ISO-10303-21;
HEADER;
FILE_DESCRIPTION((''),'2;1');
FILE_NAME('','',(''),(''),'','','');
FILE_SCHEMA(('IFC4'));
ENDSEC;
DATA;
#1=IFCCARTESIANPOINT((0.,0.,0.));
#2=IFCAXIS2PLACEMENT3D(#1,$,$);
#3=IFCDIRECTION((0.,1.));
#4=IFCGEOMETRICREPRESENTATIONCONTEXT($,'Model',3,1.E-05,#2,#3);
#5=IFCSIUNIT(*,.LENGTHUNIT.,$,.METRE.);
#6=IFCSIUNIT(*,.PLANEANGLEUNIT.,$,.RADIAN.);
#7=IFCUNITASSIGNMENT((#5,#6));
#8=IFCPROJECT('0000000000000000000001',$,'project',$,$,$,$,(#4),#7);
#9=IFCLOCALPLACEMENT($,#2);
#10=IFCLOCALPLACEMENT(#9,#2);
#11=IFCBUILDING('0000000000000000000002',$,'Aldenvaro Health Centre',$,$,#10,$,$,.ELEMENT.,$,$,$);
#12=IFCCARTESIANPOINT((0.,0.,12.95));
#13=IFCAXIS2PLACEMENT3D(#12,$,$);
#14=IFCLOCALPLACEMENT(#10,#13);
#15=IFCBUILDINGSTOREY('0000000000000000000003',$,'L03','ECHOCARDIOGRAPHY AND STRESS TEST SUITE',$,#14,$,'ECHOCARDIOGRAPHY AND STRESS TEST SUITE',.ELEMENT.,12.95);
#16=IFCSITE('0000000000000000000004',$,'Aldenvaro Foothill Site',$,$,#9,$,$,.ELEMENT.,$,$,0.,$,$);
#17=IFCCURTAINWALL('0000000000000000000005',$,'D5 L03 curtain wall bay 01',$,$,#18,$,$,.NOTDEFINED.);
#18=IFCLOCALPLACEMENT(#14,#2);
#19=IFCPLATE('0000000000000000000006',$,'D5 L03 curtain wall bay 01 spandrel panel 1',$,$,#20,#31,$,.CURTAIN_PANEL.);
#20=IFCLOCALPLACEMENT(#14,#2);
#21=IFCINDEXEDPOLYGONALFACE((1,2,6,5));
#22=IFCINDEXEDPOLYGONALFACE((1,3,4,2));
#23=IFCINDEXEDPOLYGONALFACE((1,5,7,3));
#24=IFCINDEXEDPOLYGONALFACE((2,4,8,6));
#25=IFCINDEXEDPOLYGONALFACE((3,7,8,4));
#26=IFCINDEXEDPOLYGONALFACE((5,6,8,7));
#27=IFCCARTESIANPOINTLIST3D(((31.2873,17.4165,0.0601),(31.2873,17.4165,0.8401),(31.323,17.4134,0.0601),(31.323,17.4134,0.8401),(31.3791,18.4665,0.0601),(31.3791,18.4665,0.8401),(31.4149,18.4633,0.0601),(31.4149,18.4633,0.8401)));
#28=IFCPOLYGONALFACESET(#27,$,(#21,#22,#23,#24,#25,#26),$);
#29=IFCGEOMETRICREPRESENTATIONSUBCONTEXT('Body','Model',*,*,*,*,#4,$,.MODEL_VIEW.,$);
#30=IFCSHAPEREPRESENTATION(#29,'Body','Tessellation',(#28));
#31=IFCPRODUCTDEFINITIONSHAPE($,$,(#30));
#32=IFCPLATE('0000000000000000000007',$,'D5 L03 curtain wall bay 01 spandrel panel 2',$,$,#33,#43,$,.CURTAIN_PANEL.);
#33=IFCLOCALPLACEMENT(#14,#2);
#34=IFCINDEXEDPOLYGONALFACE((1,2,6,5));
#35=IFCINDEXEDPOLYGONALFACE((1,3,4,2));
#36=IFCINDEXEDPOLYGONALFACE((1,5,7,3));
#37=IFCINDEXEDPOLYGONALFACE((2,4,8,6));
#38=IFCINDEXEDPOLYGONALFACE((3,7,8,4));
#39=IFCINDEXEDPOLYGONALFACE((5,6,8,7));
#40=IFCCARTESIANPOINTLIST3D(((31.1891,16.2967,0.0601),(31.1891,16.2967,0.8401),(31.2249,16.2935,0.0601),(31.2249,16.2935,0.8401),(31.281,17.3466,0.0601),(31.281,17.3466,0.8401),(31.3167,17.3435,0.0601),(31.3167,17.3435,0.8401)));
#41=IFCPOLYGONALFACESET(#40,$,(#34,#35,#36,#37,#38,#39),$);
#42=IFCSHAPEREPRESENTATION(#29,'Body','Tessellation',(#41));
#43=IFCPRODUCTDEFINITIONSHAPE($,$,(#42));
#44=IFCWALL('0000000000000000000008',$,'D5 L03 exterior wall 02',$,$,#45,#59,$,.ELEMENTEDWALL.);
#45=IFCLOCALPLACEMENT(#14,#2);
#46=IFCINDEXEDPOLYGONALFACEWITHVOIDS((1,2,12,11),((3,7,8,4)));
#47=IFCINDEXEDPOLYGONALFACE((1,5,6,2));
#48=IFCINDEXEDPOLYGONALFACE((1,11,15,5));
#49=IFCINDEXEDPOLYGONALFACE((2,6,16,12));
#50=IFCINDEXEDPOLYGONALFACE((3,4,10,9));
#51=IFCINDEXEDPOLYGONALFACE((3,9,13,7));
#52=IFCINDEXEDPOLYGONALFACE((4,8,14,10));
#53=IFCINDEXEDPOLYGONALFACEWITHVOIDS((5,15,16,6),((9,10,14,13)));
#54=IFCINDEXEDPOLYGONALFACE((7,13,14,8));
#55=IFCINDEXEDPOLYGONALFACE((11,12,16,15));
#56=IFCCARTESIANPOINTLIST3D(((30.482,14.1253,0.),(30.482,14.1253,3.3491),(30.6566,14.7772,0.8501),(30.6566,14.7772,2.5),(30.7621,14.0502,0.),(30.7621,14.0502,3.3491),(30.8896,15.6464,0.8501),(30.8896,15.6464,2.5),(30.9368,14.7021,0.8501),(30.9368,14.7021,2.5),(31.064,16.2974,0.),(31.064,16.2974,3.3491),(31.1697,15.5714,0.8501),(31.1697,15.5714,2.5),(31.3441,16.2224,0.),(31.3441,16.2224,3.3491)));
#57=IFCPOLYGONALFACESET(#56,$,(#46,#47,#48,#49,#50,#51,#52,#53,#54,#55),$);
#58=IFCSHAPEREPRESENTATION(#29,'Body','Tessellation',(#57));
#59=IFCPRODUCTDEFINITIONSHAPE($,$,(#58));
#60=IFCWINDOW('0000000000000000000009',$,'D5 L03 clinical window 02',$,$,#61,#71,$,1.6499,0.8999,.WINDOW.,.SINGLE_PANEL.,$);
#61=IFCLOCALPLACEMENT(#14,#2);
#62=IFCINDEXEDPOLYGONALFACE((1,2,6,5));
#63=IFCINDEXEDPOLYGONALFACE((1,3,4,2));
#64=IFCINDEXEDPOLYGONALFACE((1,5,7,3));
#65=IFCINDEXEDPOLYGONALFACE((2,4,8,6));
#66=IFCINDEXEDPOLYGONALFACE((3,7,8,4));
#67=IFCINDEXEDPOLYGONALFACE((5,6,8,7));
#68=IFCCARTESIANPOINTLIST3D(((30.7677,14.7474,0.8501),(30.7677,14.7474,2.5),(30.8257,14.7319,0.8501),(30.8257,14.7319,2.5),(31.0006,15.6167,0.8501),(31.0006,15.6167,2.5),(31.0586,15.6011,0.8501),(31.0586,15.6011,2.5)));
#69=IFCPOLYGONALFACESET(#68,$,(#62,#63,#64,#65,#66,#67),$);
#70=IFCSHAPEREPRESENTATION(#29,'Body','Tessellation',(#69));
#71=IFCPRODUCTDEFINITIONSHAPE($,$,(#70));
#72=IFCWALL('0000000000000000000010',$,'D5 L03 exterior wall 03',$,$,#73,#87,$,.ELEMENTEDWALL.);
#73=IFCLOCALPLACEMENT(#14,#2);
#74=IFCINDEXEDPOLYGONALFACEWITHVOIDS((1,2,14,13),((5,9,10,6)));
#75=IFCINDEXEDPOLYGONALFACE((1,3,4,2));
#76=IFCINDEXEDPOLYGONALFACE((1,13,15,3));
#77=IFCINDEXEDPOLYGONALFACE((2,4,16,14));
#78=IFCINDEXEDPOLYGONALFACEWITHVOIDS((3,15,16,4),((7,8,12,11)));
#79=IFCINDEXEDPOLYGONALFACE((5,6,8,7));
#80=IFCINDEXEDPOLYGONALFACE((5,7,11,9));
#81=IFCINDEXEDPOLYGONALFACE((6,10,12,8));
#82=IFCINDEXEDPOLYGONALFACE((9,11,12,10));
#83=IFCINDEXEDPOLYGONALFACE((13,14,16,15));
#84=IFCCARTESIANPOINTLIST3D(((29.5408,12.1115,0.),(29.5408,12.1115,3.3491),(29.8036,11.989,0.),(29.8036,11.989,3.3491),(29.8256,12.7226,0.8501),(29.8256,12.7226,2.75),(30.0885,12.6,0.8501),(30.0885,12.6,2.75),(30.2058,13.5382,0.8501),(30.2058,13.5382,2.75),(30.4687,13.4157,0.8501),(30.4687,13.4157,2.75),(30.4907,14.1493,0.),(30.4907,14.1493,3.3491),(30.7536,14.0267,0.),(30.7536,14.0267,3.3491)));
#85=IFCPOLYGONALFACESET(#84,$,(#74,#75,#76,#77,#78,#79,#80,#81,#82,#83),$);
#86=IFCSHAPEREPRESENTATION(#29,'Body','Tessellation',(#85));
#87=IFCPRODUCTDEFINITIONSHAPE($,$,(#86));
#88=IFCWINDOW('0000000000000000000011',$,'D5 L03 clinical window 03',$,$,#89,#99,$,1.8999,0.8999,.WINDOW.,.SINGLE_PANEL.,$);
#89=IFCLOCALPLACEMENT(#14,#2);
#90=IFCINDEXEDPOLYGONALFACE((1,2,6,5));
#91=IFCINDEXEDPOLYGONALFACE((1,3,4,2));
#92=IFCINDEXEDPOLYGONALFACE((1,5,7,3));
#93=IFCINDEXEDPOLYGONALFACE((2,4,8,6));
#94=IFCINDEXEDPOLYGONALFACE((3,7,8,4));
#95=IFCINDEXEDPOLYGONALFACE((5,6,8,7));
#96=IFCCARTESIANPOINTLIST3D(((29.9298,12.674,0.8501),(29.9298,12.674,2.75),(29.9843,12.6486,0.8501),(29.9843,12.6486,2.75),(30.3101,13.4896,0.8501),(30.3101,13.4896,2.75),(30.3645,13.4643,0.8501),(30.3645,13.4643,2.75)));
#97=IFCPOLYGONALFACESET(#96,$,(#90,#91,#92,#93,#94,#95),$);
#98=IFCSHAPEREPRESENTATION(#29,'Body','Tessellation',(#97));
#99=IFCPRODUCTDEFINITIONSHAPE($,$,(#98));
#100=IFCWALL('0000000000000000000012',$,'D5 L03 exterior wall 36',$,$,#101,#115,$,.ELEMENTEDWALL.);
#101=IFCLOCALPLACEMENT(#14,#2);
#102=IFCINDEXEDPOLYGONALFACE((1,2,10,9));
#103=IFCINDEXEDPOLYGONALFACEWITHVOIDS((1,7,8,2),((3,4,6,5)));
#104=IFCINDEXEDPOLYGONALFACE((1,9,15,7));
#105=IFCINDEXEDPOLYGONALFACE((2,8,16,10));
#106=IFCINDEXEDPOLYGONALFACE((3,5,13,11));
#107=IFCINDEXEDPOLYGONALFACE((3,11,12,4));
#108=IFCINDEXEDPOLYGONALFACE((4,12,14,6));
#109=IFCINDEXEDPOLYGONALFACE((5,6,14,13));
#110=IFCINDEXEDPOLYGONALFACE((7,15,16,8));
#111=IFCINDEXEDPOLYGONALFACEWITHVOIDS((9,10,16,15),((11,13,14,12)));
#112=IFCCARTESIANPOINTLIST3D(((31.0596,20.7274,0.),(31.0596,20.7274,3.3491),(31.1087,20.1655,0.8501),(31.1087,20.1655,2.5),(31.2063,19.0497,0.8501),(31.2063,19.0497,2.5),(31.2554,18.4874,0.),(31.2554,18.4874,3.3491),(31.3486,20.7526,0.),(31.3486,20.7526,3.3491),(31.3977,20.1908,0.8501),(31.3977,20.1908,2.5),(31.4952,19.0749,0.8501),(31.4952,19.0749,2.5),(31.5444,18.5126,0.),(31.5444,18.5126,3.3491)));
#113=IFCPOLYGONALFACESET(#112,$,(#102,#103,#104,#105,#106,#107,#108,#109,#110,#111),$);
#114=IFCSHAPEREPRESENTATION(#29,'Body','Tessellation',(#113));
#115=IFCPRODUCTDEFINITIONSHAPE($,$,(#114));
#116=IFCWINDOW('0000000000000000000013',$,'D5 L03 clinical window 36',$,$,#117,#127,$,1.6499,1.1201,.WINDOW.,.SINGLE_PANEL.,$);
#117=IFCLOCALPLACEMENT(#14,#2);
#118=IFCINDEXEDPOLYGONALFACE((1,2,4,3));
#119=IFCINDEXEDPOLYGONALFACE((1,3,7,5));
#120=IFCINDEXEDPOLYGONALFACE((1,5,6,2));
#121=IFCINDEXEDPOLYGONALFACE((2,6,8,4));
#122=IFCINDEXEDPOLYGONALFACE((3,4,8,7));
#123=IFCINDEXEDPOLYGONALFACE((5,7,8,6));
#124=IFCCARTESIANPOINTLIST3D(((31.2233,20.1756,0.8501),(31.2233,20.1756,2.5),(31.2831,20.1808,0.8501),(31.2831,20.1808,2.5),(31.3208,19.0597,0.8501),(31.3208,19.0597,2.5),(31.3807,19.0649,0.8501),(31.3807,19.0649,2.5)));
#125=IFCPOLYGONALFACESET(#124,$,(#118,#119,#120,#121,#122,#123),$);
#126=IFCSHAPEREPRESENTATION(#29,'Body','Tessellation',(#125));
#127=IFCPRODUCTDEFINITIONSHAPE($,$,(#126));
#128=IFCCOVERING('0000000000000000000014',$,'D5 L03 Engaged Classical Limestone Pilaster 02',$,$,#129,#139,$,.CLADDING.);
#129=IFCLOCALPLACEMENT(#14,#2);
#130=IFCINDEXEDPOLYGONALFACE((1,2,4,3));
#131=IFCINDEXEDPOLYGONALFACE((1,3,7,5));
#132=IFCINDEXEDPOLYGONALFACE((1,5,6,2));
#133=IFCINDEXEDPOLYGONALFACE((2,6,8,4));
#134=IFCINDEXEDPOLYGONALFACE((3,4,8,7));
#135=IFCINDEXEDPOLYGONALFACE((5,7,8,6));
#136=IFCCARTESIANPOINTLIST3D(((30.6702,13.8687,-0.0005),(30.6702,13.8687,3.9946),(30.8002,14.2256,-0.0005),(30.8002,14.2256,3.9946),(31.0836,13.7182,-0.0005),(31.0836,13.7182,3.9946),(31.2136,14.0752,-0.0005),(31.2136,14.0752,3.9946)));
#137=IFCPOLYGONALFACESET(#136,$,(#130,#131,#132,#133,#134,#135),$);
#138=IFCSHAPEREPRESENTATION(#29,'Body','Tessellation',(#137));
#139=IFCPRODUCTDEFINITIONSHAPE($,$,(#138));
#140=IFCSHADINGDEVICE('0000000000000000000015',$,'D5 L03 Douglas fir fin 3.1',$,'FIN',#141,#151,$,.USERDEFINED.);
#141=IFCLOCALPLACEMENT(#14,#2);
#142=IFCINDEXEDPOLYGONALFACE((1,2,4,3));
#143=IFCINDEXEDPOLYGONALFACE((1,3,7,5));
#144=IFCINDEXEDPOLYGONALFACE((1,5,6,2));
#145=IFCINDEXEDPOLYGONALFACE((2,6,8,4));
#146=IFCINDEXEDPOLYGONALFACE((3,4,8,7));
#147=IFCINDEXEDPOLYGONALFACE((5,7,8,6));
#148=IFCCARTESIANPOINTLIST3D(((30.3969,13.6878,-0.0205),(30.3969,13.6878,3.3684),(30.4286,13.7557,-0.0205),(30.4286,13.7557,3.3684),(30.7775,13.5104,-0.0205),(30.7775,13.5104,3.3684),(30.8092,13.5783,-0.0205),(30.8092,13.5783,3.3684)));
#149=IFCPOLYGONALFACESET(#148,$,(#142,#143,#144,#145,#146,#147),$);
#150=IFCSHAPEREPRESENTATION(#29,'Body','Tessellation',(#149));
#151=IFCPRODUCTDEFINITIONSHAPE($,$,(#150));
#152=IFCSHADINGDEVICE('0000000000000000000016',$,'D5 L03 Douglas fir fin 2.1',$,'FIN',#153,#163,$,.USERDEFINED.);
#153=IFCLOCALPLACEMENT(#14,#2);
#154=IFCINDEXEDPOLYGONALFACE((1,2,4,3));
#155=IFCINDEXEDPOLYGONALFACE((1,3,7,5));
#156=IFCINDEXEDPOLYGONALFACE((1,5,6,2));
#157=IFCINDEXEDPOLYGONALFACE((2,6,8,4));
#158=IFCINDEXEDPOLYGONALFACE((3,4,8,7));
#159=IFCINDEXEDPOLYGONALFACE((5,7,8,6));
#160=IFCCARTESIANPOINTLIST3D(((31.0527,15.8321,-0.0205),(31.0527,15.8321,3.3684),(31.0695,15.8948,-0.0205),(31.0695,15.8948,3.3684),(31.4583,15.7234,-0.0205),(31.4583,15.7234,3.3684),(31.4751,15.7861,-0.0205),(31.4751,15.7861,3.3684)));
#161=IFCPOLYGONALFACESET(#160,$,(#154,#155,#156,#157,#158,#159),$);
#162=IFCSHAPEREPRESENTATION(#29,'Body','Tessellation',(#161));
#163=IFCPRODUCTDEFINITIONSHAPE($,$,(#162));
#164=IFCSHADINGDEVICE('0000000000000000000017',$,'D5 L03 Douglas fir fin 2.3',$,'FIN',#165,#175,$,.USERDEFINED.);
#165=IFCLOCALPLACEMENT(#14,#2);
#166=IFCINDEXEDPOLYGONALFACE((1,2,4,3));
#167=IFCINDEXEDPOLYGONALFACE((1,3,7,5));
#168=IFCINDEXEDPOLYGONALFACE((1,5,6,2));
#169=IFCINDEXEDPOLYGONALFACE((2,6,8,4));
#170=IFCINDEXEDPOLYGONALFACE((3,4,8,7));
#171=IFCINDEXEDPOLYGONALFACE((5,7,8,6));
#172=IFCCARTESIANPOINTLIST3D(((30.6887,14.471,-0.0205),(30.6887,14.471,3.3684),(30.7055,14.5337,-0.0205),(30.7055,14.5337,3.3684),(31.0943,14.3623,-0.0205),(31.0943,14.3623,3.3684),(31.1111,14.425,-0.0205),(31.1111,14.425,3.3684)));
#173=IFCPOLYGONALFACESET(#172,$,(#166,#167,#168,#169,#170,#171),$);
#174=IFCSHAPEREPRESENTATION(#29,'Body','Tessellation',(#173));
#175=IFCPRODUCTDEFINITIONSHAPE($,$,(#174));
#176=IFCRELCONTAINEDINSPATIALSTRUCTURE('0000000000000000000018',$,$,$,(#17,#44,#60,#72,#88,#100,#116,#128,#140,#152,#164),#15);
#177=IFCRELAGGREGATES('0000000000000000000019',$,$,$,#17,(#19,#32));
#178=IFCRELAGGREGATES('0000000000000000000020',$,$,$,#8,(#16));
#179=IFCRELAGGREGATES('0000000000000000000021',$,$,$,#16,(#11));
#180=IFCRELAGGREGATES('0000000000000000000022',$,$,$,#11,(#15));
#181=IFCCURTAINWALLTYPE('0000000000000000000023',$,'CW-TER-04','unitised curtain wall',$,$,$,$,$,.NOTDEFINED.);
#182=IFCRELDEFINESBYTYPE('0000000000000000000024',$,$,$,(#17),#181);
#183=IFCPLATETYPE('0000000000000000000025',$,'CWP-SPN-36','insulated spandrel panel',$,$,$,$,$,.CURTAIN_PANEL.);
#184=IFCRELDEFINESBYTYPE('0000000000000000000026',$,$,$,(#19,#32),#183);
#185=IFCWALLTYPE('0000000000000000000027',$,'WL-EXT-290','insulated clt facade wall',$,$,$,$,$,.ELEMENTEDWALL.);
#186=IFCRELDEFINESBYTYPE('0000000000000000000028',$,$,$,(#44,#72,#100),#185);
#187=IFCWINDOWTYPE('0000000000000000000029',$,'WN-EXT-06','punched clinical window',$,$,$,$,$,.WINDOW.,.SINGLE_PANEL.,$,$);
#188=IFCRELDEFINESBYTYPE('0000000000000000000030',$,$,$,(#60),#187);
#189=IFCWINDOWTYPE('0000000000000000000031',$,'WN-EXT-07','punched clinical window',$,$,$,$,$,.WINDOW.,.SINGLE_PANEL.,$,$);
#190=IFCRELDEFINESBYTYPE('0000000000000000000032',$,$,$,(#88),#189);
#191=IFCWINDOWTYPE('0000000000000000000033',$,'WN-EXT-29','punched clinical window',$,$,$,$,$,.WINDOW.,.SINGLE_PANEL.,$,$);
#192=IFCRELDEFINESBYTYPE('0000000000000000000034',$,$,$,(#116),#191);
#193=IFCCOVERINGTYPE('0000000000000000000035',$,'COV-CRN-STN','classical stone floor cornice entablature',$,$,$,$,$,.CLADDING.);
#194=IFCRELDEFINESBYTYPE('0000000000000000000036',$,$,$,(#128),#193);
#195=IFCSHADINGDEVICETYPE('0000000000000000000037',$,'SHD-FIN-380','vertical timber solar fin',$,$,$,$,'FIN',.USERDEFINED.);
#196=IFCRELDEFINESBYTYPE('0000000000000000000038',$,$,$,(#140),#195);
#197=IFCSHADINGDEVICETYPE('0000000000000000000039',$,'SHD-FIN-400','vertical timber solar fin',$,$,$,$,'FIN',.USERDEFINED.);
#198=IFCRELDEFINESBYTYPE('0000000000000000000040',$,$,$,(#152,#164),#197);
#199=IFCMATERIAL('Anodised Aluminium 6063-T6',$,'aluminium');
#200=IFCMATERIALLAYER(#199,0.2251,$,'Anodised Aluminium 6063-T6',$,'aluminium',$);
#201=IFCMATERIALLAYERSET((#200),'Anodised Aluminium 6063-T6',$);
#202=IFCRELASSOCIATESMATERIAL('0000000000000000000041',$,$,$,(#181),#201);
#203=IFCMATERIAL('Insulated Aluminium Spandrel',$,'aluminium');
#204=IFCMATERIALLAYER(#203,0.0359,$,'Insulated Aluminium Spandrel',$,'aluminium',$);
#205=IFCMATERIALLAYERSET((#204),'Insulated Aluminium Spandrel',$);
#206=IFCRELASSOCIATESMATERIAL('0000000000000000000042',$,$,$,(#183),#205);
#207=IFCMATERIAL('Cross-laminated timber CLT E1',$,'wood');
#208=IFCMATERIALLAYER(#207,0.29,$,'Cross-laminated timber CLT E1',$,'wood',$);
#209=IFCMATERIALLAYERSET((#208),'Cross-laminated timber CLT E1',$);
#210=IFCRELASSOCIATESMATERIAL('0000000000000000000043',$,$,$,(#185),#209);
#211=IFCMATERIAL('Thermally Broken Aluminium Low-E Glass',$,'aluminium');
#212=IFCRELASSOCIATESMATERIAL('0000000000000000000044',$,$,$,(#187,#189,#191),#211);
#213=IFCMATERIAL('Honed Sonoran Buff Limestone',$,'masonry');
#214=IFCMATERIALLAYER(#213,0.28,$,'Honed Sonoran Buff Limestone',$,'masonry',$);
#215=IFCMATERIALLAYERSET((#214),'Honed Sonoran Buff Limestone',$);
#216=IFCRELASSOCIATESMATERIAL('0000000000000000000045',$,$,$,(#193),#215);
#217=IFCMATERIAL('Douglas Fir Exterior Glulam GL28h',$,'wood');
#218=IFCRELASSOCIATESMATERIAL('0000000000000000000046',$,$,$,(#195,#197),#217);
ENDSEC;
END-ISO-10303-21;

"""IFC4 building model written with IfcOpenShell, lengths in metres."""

from ifc_helpers import new_model, si_unit, direction, frame, frame_2d, origin, origin_2d, place, context, subcontext, project, spatial, rectangle, extrude, material, layer, layer_set, type_object, element, fill, aggregate, save


model = new_model("IFC4")

# Units and contexts
model_context = context("Model", 3, precision=1e-05, world=origin(), true_north=direction((0.0, 1.0)))
body_context = subcontext(model_context, "Body", "Model", "MODEL_VIEW")
ifc_project = project(units=[si_unit("LENGTHUNIT", "METRE"), si_unit("PLANEANGLEUNIT", "RADIAN")], contexts=[model_context])

# Site, building, storey
site_placement = place(None, origin())
site = spatial("IfcSite", under=ifc_project, at=site_placement, Name="Aldenvaro Foothill Site", CompositionType="ELEMENT", RefElevation=0.0)
building_placement = place(site_placement, origin())
building = spatial("IfcBuilding", under=site, at=building_placement, Name="Aldenvaro Health Centre", CompositionType="ELEMENT")
storey_placement = place(building_placement, frame((0.0, 0.0, 12.95)))
storey = spatial("IfcBuildingStorey", under=building, at=storey_placement, Name="L03", Description="ECHOCARDIOGRAPHY AND STRESS TEST SUITE", LongName="ECHOCARDIOGRAPHY AND STRESS TEST SUITE", CompositionType="ELEMENT", Elevation=12.95)

# Curtain wall, plates
ifc_material_1 = material(Name="Anodised Aluminium 6063-T6", Category="aluminium")
ifc_layer_1 = layer(ifc_material_1, 0.2251, Name="Anodised Aluminium 6063-T6", Category="aluminium")
ifc_layer_set_1 = layer_set([ifc_layer_1], Name="Anodised Aluminium 6063-T6")
curtain_wall_type = type_object("IfcCurtainWallType", Name="CW-TER-04", Description="unitised curtain wall", PredefinedType="NOTDEFINED", material=ifc_layer_set_1)
curtain_wall_placement = place(storey_placement, origin())
curtain_wall = element("IfcCurtainWall", 1, at=curtain_wall_placement, inside=storey, type_object=curtain_wall_type, Name="D5 L03 curtain wall bay 01", PredefinedType="NOTDEFINED")
ifc_material_2 = material(Name="Insulated Aluminium Spandrel", Category="aluminium")
ifc_layer_2 = layer(ifc_material_2, 0.0359, Name="Insulated Aluminium Spandrel", Category="aluminium")
ifc_layer_set_2 = layer_set([ifc_layer_2], Name="Insulated Aluminium Spandrel")
plate_type_1 = type_object("IfcPlateType", Name="CWP-SPN-36", Description="insulated spandrel panel", PredefinedType="CURTAIN_PANEL", material=ifc_layer_set_2)
plate_1_placement = place(storey_placement, frame((31.3511, 17.9399, 0.0601), z_axis=(0.0, 0.0, 1.0), x_axis=(-0.087167, -0.996194, 0.0)))
plate_1 = element("IfcPlate", 2, at=plate_1_placement, type_object=plate_type_1, Name="D5 L03 curtain wall bay 01 spandrel panel 1", PredefinedType="CURTAIN_PANEL", context=body_context, shape_type="SweptSolid", body=[
    extrude(rectangle(XDim=1.054, YDim=0.0359, at=origin_2d()), origin(), (0.0, 0.0, 1.0), 0.78),
])
plate_2_placement = place(storey_placement, frame((31.2529, 16.8201, 0.0601), z_axis=(0.0, 0.0, 1.0), x_axis=(-0.087167, -0.996194, 0.0)))
plate_2 = element("IfcPlate", 3, at=plate_2_placement, type_object=plate_type_1, Name="D5 L03 curtain wall bay 01 spandrel panel 2", PredefinedType="CURTAIN_PANEL", context=body_context, shape_type="SweptSolid", body=[
    extrude(rectangle(XDim=1.054, YDim=0.0359, at=origin_2d()), origin(), (0.0, 0.0, 1.0), 0.78),
])
aggregate(curtain_wall, [plate_1, plate_2])

# Walls, openings, windows
ifc_material_3 = material(Name="Cross-laminated timber CLT E1", Category="wood")
ifc_layer_3 = layer(ifc_material_3, 0.29, Name="Cross-laminated timber CLT E1", Category="wood")
ifc_layer_set_3 = layer_set([ifc_layer_3], Name="Cross-laminated timber CLT E1")
wall_type = type_object("IfcWallType", Name="WL-EXT-290", Description="insulated clt facade wall", PredefinedType="ELEMENTEDWALL", material=ifc_layer_set_3)
wall_1_placement = place(storey_placement, frame((31.2041, 16.26, 0.0), z_axis=(0.0, 0.0, 1.0), x_axis=(-0.258825, -0.965924, 0.0)))
wall_1 = element("IfcWall", 4, at=wall_1_placement, inside=storey, type_object=wall_type, Name="D5 L03 exterior wall 02", PredefinedType="ELEMENTEDWALL", context=body_context, shape_type="SweptSolid", body=[
    extrude(rectangle(XDim=2.2488, YDim=0.29, at=frame_2d((1.1245, 0.0))), origin(), (0.0, 0.0, 1.0), 3.3491),
])
opening_1_placement = place(wall_1_placement, frame((0.6741, 0.0, 0.8501)))
opening_1 = element("IfcOpeningElement", 5, at=opening_1_placement, cuts=wall_1, PredefinedType="OPENING", context=body_context, shape_type="SweptSolid", body=[
    extrude(rectangle(XDim=0.8999, YDim=1.6499, at=frame_2d((0.45, 0.825))), frame((0.0, 0.155, 0.0), z_axis=(0.0, -1.0, 0.0), x_axis=(1.0, 0.0, 0.0)), (0.0, 0.0, 1.0), 0.3101),
])
ifc_material_4 = material(Name="Thermally Broken Aluminium Low-E Glass", Category="aluminium")
window_type_1 = type_object("IfcWindowType", Name="WN-EXT-06", Description="punched clinical window", PartitioningType="SINGLE_PANEL", PredefinedType="WINDOW", material=ifc_material_4)
window_1_placement = place(opening_1_placement, origin())
window_1 = element("IfcWindow", 6, at=window_1_placement, inside=storey, type_object=window_type_1, Name="D5 L03 clinical window 02", OverallHeight=1.6499, OverallWidth=0.8999, PartitioningType="SINGLE_PANEL", PredefinedType="WINDOW", context=body_context, shape_type="SweptSolid", body=[
    extrude(rectangle(XDim=0.8999, YDim=1.6499, at=frame_2d((0.45, 0.825))), frame((0.0, 0.03, 0.0), z_axis=(0.0, -1.0, 0.0), x_axis=(1.0, 0.0, 0.0)), (0.0, 0.0, 1.0), 0.0601),
])
fill(opening_1, window_1)
wall_2_placement = place(storey_placement, frame((30.6221, 14.0879, 0.0), z_axis=(0.0, 0.0, 1.0), x_axis=(-0.422505, -0.906361, 0.0)))
wall_2 = element("IfcWall", 7, at=wall_2_placement, inside=storey, type_object=wall_type, Name="D5 L03 exterior wall 03", PredefinedType="ELEMENTEDWALL", context=body_context, shape_type="SweptSolid", body=[
    extrude(rectangle(XDim=2.2483, YDim=0.29, at=frame_2d((1.124, 0.0))), origin(), (0.0, 0.0, 1.0), 3.3491),
])
opening_2_placement = place(wall_2_placement, frame((0.6741, 0.0, 0.8501)))
opening_2 = element("IfcOpeningElement", 8, at=opening_2_placement, cuts=wall_2, PredefinedType="OPENING", context=body_context, shape_type="SweptSolid", body=[
    extrude(rectangle(XDim=0.8999, YDim=1.8999, at=frame_2d((0.45, 0.95))), frame((0.0, 0.155, 0.0), z_axis=(0.0, -1.0, 0.0), x_axis=(1.0, 0.0, 0.0)), (0.0, 0.0, 1.0), 0.3101),
])
window_type_2 = type_object("IfcWindowType", Name="WN-EXT-07", Description="punched clinical window", PartitioningType="SINGLE_PANEL", PredefinedType="WINDOW", material=ifc_material_4)
window_2_placement = place(opening_2_placement, origin())
window_2 = element("IfcWindow", 9, at=window_2_placement, inside=storey, type_object=window_type_2, Name="D5 L03 clinical window 03", OverallHeight=1.8999, OverallWidth=0.8999, PartitioningType="SINGLE_PANEL", PredefinedType="WINDOW", context=body_context, shape_type="SweptSolid", body=[
    extrude(rectangle(XDim=0.8999, YDim=1.8999, at=frame_2d((0.45, 0.95))), frame((0.0, 0.03, 0.0), z_axis=(0.0, -1.0, 0.0), x_axis=(1.0, 0.0, 0.0)), (0.0, 0.0, 1.0), 0.0601),
])
fill(opening_2, window_2)
wall_3_placement = place(storey_placement, frame((31.2041, 20.74, 0.0), z_axis=(0.0, 0.0, 1.0), x_axis=(0.087079, -0.996201, 0.0)))
wall_3 = element("IfcWall", 10, at=wall_3_placement, inside=storey, type_object=wall_type, Name="D5 L03 exterior wall 36", PredefinedType="ELEMENTEDWALL", context=body_context, shape_type="SweptSolid", body=[
    extrude(rectangle(XDim=2.2485, YDim=0.29, at=frame_2d((1.1243, 0.0))), origin(), (0.0, 0.0, 1.0), 3.3491),
])
opening_3_placement = place(wall_3_placement, frame((0.564, 0.0, 0.8501)))
opening_3 = element("IfcOpeningElement", 11, at=opening_3_placement, cuts=wall_3, PredefinedType="OPENING", context=body_context, shape_type="SweptSolid", body=[
    extrude(rectangle(XDim=1.1201, YDim=1.6499, at=frame_2d((0.5601, 0.825))), frame((0.0, 0.155, 0.0), z_axis=(0.0, -1.0, 0.0), x_axis=(1.0, 0.0, 0.0)), (0.0, 0.0, 1.0), 0.3101),
])
window_type_3 = type_object("IfcWindowType", Name="WN-EXT-29", Description="punched clinical window", PartitioningType="SINGLE_PANEL", PredefinedType="WINDOW", material=ifc_material_4)
window_3_placement = place(opening_3_placement, origin())
window_3 = element("IfcWindow", 12, at=window_3_placement, inside=storey, type_object=window_type_3, Name="D5 L03 clinical window 36", OverallHeight=1.6499, OverallWidth=1.1201, PartitioningType="SINGLE_PANEL", PredefinedType="WINDOW", context=body_context, shape_type="SweptSolid", body=[
    extrude(rectangle(XDim=1.1201, YDim=1.6499, at=frame_2d((0.5601, 0.825))), frame((0.0, 0.03, 0.0), z_axis=(0.0, -1.0, 0.0), x_axis=(1.0, 0.0, 0.0)), (0.0, 0.0, 1.0), 0.0601),
])
fill(opening_3, window_3)

# Covering
ifc_material_5 = material(Name="Honed Sonoran Buff Limestone", Category="masonry")
ifc_layer_4 = layer(ifc_material_5, 0.28, Name="Honed Sonoran Buff Limestone", Category="masonry")
ifc_layer_set_4 = layer_set([ifc_layer_4], Name="Honed Sonoran Buff Limestone")
covering_type = type_object("IfcCoveringType", Name="COV-CRN-STN", Description="classical stone floor cornice entablature", PredefinedType="CLADDING", material=ifc_layer_set_4)
covering_placement = place(storey_placement, frame((30.9419, 13.9719, -0.0005), z_axis=(0.0, 0.0, 1.0), x_axis=(0.939694, -0.342017, 0.0)))
element("IfcCovering", 13, at=covering_placement, inside=storey, type_object=covering_type, Name="D5 L03 Engaged Classical Limestone Pilaster 02", PredefinedType="CLADDING", context=body_context, shape_type="SweptSolid", body=[
    extrude(rectangle(XDim=0.4399, YDim=0.3799, at=origin_2d()), origin(), (0.0, 0.0, 1.0), 3.9951),
])

# Shading devices
ifc_material_6 = material(Name="Douglas Fir Exterior Glulam GL28h", Category="wood")
shading_device_type_1 = type_object("IfcShadingDeviceType", Name="SHD-FIN-380", Description="vertical timber solar fin", ElementType="FIN", PredefinedType="USERDEFINED", material=ifc_material_6)
shading_device_1_placement = place(storey_placement, frame((30.603, 13.6331, -0.0205), z_axis=(0.0, 0.0, 1.0), x_axis=(-0.422496, -0.906365, 0.0)))
element("IfcShadingDevice", 14, at=shading_device_1_placement, inside=storey, type_object=shading_device_type_1, Name="D5 L03 Douglas fir fin 3.1", ObjectType="FIN", PredefinedType="USERDEFINED", context=body_context, shape_type="SweptSolid", body=[
    extrude(rectangle(XDim=0.075, YDim=0.4199, at=origin_2d()), origin(), (0.0, 0.0, 1.0), 3.3889),
])
shading_device_type_2 = type_object("IfcShadingDeviceType", Name="SHD-FIN-400", Description="vertical timber solar fin", ElementType="FIN", PredefinedType="USERDEFINED", material=ifc_material_6)
for number, where, z_axis, x_axis, name in (
    (15, (31.2639, 15.8091, -0.0205), (0.0, 0.0, 1.0), (-0.258825, -0.965924, 0.0), "D5 L03 Douglas fir fin 2.1"),
    (16, (30.8999, 14.448, -0.0205), (0.0, 0.0, 1.0), (-0.258825, -0.965924, 0.0), "D5 L03 Douglas fir fin 2.3"),
):
    element("IfcShadingDevice", number, at=place(storey_placement, frame(where, z_axis=z_axis, x_axis=x_axis)), inside=storey, type_object=shading_device_type_2, Name=name, ObjectType="FIN", PredefinedType="USERDEFINED", context=body_context, shape_type="SweptSolid", body=[
        extrude(rectangle(XDim=0.0649, YDim=0.4199, at=origin_2d()), origin(), (0.0, 0.0, 1.0), 3.3889),
    ])

save(model, "model.ifc")
